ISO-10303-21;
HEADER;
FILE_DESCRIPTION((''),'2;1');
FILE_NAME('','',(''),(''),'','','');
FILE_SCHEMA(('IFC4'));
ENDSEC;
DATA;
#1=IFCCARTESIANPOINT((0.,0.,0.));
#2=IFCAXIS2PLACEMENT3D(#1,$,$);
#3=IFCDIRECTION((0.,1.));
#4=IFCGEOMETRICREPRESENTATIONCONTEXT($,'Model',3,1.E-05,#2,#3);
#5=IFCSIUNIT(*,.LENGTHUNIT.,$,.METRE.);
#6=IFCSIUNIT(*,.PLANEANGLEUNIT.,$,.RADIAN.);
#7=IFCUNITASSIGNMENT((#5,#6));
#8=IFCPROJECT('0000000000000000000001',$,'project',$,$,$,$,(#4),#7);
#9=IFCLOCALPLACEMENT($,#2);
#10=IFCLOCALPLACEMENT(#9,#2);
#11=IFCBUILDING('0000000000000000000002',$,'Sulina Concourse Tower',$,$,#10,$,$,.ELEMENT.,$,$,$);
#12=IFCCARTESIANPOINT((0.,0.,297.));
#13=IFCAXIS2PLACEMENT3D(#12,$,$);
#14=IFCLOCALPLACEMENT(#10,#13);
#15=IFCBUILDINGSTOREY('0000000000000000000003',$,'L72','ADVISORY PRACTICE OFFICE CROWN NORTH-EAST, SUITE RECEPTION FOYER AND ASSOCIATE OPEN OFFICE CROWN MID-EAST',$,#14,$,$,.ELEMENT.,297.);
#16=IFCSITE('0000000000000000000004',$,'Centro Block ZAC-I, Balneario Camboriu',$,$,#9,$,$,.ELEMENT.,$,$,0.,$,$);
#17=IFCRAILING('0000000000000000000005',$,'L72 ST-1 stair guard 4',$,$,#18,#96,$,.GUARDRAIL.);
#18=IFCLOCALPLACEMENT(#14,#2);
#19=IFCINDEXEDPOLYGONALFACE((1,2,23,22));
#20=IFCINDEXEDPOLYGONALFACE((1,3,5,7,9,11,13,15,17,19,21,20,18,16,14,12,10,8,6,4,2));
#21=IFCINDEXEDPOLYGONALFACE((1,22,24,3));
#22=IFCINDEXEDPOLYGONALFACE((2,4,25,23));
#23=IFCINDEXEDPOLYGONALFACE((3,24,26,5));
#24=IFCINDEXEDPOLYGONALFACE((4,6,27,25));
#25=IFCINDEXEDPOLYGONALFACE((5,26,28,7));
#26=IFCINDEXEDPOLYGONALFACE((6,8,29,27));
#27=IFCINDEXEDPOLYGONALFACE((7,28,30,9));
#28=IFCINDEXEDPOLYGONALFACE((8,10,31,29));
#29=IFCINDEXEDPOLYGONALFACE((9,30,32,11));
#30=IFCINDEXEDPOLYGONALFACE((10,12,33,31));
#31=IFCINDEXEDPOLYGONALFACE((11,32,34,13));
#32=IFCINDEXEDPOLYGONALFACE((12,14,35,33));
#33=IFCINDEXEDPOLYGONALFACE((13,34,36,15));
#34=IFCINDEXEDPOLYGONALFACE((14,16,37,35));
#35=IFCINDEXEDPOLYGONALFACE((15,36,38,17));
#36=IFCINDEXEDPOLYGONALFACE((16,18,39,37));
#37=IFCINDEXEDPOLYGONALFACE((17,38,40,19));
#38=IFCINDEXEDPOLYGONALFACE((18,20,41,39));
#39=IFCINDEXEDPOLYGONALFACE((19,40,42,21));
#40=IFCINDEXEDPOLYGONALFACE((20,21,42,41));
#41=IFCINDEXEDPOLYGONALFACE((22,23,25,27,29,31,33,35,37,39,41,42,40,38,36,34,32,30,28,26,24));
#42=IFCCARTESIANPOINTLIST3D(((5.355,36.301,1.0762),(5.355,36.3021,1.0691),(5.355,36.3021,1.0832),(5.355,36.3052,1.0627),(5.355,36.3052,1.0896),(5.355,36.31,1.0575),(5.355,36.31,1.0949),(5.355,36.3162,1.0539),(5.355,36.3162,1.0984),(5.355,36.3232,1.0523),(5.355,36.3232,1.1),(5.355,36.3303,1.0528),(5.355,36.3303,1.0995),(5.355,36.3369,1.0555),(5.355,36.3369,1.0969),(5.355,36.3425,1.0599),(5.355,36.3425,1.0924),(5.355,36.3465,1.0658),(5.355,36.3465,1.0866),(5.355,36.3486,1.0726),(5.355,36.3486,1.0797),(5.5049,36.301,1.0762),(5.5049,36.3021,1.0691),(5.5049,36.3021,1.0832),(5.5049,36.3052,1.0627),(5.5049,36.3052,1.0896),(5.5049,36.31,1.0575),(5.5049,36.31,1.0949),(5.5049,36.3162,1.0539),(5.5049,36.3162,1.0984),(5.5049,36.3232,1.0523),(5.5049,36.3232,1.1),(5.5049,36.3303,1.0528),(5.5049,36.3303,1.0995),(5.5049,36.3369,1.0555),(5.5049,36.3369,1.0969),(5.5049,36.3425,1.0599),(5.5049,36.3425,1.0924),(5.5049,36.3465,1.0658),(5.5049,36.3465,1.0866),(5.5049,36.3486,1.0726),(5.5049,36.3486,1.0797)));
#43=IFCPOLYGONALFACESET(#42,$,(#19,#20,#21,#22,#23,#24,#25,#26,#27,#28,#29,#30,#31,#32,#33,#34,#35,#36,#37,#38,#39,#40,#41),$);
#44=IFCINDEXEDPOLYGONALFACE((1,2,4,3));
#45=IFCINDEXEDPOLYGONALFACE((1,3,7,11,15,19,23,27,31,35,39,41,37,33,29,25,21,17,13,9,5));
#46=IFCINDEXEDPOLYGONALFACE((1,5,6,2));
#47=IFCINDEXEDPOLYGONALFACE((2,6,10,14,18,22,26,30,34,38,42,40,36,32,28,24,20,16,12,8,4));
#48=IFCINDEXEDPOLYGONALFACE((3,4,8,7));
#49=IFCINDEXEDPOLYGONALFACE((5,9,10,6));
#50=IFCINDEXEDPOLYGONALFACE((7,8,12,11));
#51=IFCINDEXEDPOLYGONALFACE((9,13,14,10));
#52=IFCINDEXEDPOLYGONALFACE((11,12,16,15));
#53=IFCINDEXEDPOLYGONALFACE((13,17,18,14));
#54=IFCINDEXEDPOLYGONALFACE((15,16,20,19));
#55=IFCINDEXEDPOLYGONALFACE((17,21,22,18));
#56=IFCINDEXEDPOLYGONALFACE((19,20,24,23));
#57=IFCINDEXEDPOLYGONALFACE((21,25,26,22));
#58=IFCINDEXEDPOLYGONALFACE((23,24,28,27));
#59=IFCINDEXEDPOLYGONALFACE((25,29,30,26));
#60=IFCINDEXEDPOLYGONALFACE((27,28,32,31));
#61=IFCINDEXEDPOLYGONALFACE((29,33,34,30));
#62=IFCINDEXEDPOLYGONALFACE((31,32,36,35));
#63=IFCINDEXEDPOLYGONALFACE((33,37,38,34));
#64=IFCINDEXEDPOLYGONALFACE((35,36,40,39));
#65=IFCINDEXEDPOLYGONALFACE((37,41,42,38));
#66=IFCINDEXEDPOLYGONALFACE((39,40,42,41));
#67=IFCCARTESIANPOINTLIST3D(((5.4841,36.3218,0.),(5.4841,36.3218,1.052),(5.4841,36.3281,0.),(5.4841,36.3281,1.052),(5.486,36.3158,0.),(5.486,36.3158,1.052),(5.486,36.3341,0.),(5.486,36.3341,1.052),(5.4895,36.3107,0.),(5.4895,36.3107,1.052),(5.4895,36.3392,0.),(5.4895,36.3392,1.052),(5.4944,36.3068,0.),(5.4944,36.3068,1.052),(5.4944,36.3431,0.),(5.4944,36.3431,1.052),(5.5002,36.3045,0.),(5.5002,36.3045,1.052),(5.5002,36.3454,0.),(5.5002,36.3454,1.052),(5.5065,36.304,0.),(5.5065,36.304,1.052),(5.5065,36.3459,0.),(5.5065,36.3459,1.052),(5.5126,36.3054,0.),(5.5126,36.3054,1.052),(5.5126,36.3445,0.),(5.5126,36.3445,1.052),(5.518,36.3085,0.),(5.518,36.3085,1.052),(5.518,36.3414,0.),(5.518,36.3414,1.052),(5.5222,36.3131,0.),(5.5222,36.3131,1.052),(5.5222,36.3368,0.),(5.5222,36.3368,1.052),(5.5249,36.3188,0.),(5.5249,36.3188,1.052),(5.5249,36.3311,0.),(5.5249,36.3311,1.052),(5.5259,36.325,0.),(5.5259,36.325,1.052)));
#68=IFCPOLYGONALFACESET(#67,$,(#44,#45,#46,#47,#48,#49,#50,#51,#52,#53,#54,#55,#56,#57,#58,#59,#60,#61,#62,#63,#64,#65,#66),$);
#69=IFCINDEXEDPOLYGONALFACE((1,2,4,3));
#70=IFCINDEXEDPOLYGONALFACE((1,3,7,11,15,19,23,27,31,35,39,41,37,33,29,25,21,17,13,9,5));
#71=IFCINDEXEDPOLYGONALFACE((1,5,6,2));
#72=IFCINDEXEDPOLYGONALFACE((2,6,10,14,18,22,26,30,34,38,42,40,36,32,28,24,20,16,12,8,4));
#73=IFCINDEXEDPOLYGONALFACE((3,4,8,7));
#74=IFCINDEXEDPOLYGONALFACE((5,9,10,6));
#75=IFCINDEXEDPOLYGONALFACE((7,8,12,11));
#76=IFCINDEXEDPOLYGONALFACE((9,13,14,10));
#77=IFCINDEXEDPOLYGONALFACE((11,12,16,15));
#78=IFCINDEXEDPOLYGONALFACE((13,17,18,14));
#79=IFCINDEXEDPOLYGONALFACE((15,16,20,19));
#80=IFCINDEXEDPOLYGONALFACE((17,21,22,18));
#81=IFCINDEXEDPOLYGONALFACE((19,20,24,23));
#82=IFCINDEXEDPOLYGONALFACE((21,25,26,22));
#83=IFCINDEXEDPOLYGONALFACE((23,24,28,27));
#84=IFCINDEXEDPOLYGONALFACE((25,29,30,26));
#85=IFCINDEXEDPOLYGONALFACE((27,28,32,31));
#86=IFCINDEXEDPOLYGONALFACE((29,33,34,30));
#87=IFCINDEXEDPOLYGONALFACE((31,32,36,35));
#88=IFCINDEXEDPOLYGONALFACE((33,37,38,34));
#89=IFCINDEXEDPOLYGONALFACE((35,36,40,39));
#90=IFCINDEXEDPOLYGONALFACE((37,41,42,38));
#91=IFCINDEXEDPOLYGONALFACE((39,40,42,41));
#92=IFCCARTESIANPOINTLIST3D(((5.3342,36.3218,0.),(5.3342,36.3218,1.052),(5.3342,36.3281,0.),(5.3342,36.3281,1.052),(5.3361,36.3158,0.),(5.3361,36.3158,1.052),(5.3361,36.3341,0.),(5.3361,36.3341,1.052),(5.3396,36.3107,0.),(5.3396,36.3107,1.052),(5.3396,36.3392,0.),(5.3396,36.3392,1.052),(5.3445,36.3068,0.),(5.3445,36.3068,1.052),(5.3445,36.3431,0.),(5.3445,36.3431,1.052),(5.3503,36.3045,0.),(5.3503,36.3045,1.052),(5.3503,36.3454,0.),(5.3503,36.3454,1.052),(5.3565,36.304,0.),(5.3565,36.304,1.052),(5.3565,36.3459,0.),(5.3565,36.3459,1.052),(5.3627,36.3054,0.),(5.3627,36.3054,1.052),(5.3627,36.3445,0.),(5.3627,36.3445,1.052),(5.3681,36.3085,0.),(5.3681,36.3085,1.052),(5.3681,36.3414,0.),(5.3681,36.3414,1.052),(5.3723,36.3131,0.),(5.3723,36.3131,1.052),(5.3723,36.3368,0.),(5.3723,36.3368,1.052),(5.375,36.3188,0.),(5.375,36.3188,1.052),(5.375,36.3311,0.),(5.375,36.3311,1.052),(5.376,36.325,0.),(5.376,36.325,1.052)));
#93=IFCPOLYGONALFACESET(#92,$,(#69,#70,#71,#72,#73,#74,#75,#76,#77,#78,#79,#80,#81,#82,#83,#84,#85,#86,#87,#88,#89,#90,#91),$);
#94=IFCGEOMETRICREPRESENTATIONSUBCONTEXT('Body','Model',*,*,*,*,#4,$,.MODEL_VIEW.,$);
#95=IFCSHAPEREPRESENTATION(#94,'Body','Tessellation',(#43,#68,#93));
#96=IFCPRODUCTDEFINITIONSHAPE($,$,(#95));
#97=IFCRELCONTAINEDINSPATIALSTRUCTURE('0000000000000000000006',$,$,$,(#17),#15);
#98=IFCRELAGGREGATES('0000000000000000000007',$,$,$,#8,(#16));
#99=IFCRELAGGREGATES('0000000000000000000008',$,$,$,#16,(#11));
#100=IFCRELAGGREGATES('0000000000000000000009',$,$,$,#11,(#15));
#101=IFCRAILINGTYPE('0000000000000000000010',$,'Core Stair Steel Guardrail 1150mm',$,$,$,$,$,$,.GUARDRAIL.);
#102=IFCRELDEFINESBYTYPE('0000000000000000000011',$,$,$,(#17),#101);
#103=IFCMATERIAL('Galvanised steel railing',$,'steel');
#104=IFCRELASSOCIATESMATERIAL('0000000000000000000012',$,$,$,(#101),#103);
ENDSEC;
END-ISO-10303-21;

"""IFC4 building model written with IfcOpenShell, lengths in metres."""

from ifc_helpers import new_model, si_unit, direction, frame, origin, origin_2d, place, context, subcontext, project, spatial, circle, extrude, material, type_object, element, save


model = new_model("IFC4")

# Units and contexts
model_context = context("Model", 3, precision=1e-05, world=origin(), true_north=direction((0.0, 1.0)))
body_context = subcontext(model_context, "Body", "Model", "MODEL_VIEW")
ifc_project = project(units=[si_unit("LENGTHUNIT", "METRE"), si_unit("PLANEANGLEUNIT", "RADIAN")], contexts=[model_context])

# Site, building, storey
site_placement = place(None, origin())
site = spatial("IfcSite", under=ifc_project, at=site_placement, Name="Centro Block ZAC-I, Balneario Camboriu", CompositionType="ELEMENT", RefElevation=0.0)
building_placement = place(site_placement, origin())
building = spatial("IfcBuilding", under=site, at=building_placement, Name="Sulina Concourse Tower", CompositionType="ELEMENT")
storey_placement = place(building_placement, frame((0.0, 0.0, 297.0)))
storey = spatial("IfcBuildingStorey", under=building, at=storey_placement, Name="L72", Description="ADVISORY PRACTICE OFFICE CROWN NORTH-EAST, SUITE RECEPTION FOYER AND ASSOCIATE OPEN OFFICE CROWN MID-EAST", CompositionType="ELEMENT", Elevation=297.0)

# Railing
ifc_material_1 = material(Name="Galvanised steel railing", Category="steel")
railing_type_1 = type_object("IfcRailingType", Name="Core Stair Steel Guardrail 1150mm", PredefinedType="GUARDRAIL", material=ifc_material_1)
railing_1_placement = place(storey_placement, frame((5.5049, 36.325, 0.0)))
element("IfcRailing", 1, at=railing_1_placement, inside=storey, type_object=railing_type_1, Name="L72 ST-1 stair guard 4", PredefinedType="GUARDRAIL", context=body_context, shape_type="SweptSolid", body=[
    extrude(circle(Radius=0.0239, at=origin_2d()), frame((0.0, 0.0, 1.0762), z_axis=(-1.0, 0.0, 0.0), x_axis=(0.0, -1.0, 0.0)), (0.0, 0.0, 1.0), 0.1499),
    extrude(circle(Radius=0.021, at=origin_2d()), origin(), (0.0, 0.0, 1.0), 1.052),
    extrude(circle(Radius=0.021, at=origin_2d()), frame((-0.1499, 0.0, 0.0)), (0.0, 0.0, 1.0), 1.052),
])

save(model, "model.ifc")
